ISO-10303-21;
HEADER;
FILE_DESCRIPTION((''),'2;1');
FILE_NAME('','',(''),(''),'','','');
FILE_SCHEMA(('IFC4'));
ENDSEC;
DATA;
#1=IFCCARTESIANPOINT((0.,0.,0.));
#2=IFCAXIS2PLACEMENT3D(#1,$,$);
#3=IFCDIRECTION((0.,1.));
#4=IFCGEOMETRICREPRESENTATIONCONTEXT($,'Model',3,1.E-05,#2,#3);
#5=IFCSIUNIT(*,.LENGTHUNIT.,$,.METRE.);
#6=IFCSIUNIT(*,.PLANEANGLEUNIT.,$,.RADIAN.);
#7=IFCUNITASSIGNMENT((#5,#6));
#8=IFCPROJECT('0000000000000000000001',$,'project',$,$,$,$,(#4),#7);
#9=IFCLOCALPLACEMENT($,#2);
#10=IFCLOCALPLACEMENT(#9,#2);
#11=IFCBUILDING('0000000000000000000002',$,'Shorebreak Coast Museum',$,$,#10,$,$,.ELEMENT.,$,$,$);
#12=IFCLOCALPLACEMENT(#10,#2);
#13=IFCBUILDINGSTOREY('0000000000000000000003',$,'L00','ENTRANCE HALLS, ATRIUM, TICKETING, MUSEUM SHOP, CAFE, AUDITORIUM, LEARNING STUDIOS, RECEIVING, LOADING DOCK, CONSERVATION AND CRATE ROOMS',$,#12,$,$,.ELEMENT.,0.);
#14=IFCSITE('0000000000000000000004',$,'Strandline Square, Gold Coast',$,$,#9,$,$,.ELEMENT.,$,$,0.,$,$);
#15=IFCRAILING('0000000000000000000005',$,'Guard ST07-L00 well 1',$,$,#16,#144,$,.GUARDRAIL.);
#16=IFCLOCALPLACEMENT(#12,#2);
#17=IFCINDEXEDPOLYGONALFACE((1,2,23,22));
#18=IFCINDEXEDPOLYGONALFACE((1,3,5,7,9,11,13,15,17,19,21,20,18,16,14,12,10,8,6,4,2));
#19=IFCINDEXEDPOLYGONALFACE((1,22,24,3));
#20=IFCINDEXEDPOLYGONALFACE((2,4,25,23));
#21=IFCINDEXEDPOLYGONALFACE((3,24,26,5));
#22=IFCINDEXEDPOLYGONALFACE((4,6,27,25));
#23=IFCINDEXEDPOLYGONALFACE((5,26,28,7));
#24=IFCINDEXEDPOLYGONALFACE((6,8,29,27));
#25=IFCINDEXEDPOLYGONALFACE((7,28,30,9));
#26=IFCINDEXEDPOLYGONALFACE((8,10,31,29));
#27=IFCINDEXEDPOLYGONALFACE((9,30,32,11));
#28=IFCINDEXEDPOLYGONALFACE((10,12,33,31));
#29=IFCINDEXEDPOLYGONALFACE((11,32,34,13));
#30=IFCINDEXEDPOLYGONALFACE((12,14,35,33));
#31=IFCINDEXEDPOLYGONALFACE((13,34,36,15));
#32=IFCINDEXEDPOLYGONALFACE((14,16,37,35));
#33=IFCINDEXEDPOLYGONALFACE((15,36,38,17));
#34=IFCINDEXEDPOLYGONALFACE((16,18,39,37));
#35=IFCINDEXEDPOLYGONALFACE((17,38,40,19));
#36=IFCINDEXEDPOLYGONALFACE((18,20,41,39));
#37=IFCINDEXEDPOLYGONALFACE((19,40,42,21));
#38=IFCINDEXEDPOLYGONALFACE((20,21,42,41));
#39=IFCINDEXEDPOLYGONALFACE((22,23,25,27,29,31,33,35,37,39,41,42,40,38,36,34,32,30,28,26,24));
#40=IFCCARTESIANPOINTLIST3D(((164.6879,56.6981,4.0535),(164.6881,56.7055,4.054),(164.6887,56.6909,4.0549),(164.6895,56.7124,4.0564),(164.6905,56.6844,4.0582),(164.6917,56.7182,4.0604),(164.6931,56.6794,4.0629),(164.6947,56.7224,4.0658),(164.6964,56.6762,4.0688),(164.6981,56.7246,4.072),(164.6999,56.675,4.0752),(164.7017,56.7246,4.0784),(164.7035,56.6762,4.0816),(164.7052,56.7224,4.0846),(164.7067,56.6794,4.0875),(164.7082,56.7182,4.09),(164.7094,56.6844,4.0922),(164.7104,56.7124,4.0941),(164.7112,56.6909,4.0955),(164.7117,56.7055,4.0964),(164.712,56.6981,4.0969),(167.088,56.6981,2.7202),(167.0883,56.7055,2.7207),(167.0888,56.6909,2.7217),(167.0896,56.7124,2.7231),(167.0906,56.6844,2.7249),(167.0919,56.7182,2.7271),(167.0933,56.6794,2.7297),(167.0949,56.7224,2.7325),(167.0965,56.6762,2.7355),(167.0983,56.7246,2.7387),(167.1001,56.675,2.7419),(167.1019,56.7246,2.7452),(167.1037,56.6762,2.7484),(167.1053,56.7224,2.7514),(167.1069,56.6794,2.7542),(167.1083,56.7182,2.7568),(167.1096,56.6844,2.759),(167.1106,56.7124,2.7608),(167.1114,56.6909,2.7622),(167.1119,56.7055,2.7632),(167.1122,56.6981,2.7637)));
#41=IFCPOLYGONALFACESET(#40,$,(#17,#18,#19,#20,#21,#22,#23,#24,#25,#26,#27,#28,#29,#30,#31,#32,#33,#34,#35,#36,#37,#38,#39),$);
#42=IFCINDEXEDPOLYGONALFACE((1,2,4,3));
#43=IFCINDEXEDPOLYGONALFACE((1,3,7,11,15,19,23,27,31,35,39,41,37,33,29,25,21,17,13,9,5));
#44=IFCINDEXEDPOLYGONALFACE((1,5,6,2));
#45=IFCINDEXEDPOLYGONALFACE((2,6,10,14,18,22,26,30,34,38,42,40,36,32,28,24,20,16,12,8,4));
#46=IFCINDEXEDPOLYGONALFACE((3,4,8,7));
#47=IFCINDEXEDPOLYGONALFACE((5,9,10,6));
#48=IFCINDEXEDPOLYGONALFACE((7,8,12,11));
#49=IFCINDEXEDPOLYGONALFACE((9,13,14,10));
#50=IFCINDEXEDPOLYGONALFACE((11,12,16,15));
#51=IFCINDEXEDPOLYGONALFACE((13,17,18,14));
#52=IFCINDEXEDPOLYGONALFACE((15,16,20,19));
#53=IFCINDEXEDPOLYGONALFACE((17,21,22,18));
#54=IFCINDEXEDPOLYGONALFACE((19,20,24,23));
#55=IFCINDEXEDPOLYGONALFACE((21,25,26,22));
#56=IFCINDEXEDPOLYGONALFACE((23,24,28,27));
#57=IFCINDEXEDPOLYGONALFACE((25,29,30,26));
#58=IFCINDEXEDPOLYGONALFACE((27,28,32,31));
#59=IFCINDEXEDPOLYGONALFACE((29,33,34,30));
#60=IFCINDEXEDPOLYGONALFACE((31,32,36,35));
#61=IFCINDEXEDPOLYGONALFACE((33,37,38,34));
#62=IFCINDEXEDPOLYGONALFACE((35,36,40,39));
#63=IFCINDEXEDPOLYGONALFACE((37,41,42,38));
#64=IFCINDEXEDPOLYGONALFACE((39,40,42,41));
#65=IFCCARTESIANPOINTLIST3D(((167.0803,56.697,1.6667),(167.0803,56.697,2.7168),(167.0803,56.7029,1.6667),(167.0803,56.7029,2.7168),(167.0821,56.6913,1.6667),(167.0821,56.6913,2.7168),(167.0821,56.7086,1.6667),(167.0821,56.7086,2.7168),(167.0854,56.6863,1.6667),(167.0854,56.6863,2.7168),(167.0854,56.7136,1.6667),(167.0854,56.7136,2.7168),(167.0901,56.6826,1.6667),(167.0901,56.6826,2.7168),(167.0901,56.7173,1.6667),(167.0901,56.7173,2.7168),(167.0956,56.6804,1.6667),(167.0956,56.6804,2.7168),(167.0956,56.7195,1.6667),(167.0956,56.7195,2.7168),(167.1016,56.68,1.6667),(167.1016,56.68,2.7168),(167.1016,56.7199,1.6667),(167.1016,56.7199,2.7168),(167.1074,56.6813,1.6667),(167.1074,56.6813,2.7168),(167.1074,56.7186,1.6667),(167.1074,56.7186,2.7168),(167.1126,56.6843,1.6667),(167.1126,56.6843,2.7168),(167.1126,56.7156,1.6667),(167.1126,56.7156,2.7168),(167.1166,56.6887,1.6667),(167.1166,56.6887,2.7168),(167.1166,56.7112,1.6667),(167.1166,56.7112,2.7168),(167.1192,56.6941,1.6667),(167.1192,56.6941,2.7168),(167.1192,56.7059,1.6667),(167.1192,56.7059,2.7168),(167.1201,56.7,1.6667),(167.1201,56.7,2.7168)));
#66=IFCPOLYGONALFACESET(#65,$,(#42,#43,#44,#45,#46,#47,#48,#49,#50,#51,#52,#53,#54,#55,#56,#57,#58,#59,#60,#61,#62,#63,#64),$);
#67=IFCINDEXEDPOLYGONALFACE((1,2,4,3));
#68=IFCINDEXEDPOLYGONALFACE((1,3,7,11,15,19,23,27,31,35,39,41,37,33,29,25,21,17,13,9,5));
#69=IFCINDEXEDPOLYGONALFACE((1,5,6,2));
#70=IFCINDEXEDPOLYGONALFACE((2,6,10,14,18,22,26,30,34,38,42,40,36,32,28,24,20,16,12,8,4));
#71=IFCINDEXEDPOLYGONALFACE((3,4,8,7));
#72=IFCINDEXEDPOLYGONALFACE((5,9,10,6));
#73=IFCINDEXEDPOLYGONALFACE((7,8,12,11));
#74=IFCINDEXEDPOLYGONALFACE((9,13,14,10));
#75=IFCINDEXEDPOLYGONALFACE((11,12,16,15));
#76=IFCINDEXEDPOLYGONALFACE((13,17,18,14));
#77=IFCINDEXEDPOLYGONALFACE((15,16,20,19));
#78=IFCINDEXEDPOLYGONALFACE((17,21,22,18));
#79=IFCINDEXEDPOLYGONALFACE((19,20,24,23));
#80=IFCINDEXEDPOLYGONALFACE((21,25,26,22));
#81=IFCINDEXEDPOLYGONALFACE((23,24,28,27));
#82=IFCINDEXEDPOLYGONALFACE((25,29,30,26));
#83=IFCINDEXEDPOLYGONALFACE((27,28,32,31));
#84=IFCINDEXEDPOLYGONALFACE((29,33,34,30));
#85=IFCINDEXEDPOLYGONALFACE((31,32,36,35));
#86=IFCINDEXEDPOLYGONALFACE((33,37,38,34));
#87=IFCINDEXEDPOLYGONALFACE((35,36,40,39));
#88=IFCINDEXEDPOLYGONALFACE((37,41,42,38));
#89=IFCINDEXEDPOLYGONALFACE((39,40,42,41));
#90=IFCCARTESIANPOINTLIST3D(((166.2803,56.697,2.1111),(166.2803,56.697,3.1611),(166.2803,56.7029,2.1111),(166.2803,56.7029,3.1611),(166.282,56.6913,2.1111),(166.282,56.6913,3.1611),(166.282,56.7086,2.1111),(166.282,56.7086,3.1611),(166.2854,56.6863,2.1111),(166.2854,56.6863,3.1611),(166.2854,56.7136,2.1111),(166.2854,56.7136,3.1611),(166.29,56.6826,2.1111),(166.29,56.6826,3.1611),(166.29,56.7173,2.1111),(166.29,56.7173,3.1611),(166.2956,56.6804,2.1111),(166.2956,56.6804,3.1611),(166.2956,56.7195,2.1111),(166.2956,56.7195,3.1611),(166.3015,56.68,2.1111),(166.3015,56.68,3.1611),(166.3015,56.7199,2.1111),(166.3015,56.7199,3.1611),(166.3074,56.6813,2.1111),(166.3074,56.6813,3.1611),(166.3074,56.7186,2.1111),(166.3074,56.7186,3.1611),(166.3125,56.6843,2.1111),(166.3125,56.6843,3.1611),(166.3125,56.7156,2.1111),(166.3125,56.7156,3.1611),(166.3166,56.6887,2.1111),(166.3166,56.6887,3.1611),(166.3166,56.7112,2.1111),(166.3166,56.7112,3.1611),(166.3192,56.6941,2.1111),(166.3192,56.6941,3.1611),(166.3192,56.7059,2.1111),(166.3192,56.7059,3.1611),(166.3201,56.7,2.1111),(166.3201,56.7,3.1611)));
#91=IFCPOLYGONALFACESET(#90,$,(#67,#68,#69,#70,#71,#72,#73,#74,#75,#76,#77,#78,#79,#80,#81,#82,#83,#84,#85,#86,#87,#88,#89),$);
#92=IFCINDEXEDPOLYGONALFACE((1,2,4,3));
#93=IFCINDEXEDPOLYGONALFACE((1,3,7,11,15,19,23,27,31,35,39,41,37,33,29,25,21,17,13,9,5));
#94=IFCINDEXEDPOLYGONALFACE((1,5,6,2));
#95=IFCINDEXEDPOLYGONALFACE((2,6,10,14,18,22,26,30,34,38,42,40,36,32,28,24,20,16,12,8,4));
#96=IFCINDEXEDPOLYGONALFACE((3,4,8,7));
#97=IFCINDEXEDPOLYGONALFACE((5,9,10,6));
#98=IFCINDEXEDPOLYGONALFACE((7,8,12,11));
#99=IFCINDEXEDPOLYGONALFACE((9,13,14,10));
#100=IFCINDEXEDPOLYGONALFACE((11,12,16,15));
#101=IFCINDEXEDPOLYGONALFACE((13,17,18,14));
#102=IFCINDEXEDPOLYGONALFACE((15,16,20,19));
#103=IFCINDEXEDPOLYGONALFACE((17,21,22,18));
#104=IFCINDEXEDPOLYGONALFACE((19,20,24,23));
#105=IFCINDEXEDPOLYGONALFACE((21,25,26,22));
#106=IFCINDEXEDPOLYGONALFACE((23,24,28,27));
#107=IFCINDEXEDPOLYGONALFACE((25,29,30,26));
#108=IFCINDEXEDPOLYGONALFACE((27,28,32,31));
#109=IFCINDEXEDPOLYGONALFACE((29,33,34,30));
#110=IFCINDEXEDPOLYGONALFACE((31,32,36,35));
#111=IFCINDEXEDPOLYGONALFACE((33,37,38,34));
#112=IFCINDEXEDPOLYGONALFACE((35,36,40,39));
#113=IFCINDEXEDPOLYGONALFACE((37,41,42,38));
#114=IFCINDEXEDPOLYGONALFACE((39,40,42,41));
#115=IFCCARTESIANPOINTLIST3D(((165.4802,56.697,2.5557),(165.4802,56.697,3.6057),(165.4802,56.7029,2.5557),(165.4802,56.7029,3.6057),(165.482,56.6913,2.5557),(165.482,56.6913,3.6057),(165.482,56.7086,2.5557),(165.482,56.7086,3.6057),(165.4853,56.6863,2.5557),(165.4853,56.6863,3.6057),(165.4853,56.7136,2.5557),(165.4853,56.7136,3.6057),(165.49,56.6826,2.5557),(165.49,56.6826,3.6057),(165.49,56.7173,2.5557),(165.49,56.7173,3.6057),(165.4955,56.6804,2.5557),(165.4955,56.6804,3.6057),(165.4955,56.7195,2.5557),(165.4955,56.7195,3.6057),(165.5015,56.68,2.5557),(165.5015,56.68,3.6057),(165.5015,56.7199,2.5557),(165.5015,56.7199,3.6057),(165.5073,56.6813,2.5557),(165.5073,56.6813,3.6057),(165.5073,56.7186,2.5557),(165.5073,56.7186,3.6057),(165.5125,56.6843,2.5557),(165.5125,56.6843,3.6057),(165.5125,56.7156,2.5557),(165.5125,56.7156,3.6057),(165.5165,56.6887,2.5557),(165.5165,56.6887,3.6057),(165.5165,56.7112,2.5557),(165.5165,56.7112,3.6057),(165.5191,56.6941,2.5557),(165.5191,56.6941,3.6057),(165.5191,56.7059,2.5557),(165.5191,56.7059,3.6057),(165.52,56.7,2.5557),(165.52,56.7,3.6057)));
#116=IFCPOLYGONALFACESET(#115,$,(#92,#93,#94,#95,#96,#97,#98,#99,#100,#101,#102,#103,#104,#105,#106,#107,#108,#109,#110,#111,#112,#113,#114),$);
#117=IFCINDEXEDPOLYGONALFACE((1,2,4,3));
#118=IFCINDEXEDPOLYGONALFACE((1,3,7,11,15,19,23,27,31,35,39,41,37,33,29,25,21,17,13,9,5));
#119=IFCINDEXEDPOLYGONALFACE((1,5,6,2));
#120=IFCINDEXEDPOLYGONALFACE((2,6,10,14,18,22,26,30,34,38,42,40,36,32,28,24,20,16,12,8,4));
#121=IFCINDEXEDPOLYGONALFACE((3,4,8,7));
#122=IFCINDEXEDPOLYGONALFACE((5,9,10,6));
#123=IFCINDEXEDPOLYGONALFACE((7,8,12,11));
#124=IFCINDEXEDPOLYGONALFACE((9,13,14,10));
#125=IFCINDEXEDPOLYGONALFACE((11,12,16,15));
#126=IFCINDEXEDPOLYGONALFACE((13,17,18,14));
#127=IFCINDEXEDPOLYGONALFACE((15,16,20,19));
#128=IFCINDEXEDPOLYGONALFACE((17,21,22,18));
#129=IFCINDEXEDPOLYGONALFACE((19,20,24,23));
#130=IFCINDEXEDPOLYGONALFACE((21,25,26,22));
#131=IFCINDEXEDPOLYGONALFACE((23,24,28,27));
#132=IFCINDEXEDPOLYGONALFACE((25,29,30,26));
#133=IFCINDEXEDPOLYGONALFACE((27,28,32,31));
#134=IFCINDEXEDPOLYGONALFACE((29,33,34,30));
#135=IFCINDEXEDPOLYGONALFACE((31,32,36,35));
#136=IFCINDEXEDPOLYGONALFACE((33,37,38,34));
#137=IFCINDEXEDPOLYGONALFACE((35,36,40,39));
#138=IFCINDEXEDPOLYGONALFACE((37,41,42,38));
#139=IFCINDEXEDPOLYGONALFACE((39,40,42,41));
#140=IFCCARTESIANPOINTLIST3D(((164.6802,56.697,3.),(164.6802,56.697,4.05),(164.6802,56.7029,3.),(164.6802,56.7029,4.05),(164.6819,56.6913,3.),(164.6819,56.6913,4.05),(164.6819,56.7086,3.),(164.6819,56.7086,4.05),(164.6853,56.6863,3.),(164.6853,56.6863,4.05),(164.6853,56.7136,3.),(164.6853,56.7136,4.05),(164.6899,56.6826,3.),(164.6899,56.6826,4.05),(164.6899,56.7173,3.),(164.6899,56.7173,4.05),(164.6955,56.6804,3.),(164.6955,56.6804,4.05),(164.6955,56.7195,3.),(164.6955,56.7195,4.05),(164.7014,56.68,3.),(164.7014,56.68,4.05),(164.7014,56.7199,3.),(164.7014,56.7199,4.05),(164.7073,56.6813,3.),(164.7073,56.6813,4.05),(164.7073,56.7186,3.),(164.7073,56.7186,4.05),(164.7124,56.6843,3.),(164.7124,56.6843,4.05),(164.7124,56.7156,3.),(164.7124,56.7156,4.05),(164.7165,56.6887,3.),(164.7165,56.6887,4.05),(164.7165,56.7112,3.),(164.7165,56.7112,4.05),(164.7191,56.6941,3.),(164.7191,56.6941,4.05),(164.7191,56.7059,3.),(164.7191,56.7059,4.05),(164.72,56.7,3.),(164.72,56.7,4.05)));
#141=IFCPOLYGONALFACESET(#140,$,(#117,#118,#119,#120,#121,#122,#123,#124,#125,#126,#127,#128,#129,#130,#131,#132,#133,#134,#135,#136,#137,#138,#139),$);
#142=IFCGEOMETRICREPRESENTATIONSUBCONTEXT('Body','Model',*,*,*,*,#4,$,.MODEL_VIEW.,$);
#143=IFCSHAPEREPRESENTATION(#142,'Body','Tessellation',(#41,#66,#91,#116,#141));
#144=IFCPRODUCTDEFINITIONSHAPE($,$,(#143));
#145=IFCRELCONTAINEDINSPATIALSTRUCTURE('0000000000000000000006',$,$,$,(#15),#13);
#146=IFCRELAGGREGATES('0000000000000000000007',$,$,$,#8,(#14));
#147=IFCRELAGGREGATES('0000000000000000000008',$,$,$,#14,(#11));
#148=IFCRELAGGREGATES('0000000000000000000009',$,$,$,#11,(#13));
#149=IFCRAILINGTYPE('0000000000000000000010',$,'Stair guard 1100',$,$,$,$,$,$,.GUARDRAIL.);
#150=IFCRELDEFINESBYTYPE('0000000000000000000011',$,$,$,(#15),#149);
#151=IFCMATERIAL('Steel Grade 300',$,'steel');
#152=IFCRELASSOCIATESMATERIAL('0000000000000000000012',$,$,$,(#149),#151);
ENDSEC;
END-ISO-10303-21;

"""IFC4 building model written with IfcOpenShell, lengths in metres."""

from ifc_helpers import new_model, si_unit, direction, frame, origin, origin_2d, place, context, subcontext, project, spatial, circle, extrude, material, type_object, element, save


model = new_model("IFC4")

# Units and contexts
model_context = context("Model", 3, precision=1e-05, world=origin(), true_north=direction((0.0, 1.0)))
body_context = subcontext(model_context, "Body", "Model", "MODEL_VIEW")
ifc_project = project(units=[si_unit("LENGTHUNIT", "METRE"), si_unit("PLANEANGLEUNIT", "RADIAN")], contexts=[model_context])

# Site, building, storey
site_placement = place(None, origin())
site = spatial("IfcSite", under=ifc_project, at=site_placement, Name="Strandline Square, Gold Coast", CompositionType="ELEMENT", RefElevation=0.0)
building_placement = place(site_placement, origin())
building = spatial("IfcBuilding", under=site, at=building_placement, Name="Shorebreak Coast Museum", CompositionType="ELEMENT")
storey_placement = place(building_placement, origin())
storey = spatial("IfcBuildingStorey", under=building, at=storey_placement, Name="L00", Description="ENTRANCE HALLS, ATRIUM, TICKETING, MUSEUM SHOP, CAFE, AUDITORIUM, LEARNING STUDIOS, RECEIVING, LOADING DOCK, CONSERVATION AND CRATE ROOMS", CompositionType="ELEMENT", Elevation=0.0)

# Railing
ifc_material_1 = material(Name="Steel Grade 300", Category="steel")
railing_type_1 = type_object("IfcRailingType", Name="Stair guard 1100", PredefinedType="GUARDRAIL", material=ifc_material_1)
railing_1_placement = place(storey_placement, frame((167.1001, 56.7, 1.6667)))
element("IfcRailing", 1, at=railing_1_placement, inside=storey, type_object=railing_type_1, Name="Guard ST07-L00 well 1", PredefinedType="GUARDRAIL", context=body_context, shape_type="SweptSolid", body=[
    extrude(circle(Radius=0.0249, at=origin_2d()), frame((0.0, 0.0, 1.0752), z_axis=(-0.874182, 0.0, 0.485598), x_axis=(0.0, -1.0, 0.0)), (0.0, 0.0, 1.0), 2.7456),
    extrude(circle(Radius=0.02, at=origin_2d()), origin(), (0.0, 0.0, 1.0), 1.05),
    extrude(circle(Radius=0.02, at=origin_2d()), frame((-0.8, 0.0, 0.4443)), (0.0, 0.0, 1.0), 1.05),
    extrude(circle(Radius=0.02, at=origin_2d()), frame((-1.6001, 0.0, 0.8889)), (0.0, 0.0, 1.0), 1.05),
    extrude(circle(Radius=0.02, at=origin_2d()), frame((-2.4001, 0.0, 1.3333)), (0.0, 0.0, 1.0), 1.05),
])

save(model, "model.ifc")
